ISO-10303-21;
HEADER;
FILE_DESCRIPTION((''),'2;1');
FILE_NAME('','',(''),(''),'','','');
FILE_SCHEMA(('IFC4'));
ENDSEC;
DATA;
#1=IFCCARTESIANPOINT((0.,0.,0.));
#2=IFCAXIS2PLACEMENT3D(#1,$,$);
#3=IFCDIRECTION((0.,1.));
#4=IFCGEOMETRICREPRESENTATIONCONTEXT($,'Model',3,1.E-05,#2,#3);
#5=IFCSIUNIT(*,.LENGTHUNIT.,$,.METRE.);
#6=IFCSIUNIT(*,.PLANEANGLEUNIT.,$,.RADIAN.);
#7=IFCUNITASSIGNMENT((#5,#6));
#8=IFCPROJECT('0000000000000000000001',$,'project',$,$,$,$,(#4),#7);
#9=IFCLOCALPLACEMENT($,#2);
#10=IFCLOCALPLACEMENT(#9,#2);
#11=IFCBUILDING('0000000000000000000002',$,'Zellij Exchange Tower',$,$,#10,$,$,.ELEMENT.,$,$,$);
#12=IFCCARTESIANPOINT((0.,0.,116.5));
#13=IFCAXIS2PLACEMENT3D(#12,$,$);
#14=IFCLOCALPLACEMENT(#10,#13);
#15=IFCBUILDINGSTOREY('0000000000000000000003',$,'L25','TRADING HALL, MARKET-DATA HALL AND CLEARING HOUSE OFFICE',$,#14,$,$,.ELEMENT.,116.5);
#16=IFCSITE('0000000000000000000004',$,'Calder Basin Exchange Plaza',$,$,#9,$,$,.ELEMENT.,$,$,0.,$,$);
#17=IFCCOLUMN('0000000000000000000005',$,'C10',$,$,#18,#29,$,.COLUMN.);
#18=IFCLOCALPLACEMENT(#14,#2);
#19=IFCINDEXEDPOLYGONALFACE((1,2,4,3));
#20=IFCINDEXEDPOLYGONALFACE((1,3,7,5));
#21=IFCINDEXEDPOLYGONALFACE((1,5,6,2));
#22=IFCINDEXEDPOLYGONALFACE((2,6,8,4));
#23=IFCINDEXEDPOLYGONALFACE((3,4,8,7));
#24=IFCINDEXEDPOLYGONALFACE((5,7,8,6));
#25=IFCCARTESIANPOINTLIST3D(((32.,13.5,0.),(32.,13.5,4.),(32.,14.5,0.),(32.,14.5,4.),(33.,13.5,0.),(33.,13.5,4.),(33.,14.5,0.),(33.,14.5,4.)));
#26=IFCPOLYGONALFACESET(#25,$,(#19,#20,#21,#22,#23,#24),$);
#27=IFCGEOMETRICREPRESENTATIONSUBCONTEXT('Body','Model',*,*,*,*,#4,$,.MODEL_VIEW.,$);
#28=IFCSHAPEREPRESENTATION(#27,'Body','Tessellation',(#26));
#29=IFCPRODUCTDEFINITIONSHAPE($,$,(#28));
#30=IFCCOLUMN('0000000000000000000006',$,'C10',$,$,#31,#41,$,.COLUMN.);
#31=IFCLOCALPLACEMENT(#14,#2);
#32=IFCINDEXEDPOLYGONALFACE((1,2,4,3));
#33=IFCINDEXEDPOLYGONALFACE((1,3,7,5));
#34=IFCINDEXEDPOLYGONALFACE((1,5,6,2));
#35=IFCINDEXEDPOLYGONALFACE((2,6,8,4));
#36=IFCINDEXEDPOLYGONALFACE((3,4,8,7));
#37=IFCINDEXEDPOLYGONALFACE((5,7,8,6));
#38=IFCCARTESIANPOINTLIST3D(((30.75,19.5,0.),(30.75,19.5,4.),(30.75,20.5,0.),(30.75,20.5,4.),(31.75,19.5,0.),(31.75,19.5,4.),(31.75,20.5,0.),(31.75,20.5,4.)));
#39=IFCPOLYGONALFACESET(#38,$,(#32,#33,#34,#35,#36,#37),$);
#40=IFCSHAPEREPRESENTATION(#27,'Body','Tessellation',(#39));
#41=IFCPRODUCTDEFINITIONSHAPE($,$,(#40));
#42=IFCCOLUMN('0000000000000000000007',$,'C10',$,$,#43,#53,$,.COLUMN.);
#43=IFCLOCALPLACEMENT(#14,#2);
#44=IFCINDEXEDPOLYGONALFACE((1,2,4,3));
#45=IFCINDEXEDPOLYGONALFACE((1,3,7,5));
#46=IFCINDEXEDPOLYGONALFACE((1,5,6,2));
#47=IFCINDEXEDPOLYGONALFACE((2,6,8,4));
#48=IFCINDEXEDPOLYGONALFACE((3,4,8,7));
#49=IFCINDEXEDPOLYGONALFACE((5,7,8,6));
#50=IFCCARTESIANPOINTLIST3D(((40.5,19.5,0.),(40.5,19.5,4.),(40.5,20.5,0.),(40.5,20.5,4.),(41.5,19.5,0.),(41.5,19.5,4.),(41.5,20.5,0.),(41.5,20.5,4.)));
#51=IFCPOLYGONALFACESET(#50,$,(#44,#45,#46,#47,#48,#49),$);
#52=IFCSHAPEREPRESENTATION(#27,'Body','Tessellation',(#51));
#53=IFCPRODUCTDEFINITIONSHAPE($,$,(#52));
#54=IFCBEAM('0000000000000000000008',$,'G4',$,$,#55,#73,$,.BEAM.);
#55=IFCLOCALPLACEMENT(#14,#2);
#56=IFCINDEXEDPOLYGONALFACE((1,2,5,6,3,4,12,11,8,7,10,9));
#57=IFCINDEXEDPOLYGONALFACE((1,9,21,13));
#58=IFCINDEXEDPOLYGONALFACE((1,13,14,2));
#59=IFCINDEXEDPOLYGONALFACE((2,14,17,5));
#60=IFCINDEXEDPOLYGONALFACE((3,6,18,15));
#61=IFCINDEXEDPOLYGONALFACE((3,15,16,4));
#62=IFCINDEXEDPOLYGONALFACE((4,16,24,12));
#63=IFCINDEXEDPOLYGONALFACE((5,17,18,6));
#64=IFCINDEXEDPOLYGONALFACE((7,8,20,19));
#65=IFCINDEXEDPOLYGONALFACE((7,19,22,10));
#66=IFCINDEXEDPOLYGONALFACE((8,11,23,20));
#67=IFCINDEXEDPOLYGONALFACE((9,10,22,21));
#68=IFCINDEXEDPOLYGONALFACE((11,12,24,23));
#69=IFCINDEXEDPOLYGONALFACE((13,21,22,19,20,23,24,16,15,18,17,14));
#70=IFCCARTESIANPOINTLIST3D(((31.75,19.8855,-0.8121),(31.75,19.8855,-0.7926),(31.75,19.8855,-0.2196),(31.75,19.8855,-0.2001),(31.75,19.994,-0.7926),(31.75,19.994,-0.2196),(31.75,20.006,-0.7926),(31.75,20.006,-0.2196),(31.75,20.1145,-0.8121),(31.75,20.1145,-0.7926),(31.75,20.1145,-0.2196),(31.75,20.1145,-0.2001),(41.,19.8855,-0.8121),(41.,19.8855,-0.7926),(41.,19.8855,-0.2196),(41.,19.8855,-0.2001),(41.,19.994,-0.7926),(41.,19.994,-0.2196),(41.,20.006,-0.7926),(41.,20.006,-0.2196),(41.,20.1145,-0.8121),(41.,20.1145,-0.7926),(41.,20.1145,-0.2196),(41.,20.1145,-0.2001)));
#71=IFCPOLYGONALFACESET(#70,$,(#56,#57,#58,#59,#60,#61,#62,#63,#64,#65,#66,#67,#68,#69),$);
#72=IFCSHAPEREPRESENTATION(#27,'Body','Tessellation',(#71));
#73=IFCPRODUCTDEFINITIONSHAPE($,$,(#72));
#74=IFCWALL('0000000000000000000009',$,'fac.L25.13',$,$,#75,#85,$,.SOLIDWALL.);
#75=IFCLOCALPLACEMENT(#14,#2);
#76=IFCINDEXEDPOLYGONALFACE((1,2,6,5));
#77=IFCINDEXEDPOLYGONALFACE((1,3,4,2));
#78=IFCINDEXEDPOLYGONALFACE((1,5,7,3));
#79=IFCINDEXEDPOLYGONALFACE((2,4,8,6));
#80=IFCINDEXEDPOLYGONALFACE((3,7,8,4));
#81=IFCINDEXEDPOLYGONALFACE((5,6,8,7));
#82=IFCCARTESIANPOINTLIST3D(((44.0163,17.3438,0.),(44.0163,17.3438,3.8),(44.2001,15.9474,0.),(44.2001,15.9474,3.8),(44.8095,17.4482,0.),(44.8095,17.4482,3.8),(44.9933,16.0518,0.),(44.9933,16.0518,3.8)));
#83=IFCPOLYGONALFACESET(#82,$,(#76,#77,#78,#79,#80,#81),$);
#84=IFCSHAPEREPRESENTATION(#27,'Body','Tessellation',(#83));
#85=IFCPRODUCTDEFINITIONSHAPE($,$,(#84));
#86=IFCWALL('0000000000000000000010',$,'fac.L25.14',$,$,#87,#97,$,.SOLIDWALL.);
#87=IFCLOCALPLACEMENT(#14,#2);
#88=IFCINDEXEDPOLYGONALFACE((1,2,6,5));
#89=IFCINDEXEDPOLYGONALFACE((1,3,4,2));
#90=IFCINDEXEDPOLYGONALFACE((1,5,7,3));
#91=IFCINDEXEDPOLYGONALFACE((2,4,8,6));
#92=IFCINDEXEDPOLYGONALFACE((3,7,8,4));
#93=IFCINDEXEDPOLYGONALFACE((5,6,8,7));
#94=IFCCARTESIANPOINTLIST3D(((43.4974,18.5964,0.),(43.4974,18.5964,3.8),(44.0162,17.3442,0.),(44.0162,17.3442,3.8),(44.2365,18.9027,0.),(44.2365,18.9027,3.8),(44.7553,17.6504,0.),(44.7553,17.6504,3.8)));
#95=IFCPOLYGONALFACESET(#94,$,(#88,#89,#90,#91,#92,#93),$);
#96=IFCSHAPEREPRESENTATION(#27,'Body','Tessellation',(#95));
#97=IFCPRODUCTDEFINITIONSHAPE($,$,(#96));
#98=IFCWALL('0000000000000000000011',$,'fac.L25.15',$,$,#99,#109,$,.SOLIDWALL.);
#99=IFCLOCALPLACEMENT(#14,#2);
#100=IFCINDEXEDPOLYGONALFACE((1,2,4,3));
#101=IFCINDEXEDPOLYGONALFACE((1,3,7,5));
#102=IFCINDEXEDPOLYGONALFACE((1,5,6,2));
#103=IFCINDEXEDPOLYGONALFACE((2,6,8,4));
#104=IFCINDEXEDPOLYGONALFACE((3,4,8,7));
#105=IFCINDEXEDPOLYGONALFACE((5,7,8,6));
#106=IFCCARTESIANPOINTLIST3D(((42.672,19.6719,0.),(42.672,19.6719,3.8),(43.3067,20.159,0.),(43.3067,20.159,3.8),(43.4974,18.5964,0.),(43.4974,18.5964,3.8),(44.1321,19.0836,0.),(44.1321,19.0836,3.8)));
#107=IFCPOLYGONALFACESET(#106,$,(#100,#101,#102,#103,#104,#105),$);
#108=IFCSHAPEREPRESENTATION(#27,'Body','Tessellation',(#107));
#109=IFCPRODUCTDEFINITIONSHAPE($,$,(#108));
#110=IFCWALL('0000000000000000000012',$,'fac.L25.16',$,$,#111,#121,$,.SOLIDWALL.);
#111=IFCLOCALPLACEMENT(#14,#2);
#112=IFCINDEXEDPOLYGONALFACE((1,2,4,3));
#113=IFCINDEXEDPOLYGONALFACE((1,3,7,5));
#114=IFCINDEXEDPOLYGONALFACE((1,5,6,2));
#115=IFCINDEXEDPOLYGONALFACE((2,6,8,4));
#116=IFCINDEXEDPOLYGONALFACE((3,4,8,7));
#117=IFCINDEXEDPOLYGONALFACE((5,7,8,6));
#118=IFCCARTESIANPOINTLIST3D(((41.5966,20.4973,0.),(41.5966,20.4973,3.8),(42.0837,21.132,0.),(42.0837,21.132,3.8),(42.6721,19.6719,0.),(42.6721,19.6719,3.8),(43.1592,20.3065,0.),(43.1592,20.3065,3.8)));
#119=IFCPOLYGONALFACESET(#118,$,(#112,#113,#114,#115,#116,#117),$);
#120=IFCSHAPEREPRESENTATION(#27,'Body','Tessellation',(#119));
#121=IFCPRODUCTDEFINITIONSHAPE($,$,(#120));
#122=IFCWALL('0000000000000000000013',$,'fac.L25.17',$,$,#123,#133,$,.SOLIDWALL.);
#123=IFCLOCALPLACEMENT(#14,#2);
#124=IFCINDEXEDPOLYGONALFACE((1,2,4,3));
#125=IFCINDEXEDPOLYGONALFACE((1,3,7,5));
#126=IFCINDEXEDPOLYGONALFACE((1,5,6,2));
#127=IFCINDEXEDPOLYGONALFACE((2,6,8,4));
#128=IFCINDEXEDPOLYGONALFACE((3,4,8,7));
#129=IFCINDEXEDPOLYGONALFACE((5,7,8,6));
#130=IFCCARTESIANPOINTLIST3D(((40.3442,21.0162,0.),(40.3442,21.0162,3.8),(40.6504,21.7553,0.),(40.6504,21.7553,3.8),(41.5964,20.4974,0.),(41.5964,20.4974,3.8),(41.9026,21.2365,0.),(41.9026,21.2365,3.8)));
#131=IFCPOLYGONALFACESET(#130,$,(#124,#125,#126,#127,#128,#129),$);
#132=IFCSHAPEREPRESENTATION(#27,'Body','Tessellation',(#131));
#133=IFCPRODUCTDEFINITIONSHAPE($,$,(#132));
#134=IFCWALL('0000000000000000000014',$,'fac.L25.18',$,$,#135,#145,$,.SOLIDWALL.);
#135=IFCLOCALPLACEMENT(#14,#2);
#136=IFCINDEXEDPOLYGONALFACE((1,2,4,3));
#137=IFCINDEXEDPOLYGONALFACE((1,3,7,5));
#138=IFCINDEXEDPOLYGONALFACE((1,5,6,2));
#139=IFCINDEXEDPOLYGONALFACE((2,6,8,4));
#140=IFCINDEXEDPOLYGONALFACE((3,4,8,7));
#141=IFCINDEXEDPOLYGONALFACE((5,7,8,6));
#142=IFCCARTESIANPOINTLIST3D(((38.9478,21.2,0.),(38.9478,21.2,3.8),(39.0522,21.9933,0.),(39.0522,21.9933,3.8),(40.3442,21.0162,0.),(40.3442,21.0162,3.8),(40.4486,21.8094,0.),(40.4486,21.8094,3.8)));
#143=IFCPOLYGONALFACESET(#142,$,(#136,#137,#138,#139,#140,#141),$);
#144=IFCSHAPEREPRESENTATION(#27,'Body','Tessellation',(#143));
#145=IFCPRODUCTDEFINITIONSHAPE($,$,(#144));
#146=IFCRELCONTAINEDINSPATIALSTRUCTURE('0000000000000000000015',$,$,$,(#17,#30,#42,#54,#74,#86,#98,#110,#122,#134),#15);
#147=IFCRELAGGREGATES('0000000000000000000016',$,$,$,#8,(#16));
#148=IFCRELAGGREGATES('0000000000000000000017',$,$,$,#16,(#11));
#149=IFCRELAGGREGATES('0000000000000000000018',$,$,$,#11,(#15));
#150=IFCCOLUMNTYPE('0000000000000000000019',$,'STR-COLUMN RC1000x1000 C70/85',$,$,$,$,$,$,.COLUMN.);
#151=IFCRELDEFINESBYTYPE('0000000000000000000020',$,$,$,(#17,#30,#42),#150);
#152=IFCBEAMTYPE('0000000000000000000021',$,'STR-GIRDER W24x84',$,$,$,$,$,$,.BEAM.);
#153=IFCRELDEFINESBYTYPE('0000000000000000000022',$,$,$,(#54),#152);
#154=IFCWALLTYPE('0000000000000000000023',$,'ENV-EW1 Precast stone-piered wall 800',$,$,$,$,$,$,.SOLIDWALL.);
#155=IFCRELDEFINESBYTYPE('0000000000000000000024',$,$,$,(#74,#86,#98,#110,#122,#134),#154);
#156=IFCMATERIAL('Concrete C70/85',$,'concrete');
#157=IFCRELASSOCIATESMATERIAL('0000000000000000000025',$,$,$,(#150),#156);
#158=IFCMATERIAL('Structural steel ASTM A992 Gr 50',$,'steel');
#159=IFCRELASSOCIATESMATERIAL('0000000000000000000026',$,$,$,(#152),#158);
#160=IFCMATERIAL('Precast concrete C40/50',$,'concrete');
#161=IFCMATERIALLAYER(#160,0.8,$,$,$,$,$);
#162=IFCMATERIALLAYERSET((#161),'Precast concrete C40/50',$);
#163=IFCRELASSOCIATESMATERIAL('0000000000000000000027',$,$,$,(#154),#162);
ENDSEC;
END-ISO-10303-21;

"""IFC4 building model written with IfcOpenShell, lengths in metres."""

from ifc_helpers import new_model, si_unit, direction, frame, frame_2d, origin, origin_2d, place, context, subcontext, project, spatial, rectangle, i_section, extrude, material, layer, layer_set, material_profile, profile_set, type_object, element, save


model = new_model("IFC4")

# Units and contexts
model_context = context("Model", 3, precision=1e-05, world=origin(), true_north=direction((0.0, 1.0)))
body_context = subcontext(model_context, "Body", "Model", "MODEL_VIEW")
ifc_project = project(units=[si_unit("LENGTHUNIT", "METRE"), si_unit("PLANEANGLEUNIT", "RADIAN")], contexts=[model_context])

# Site, building, storey
site_placement = place(None, origin())
site = spatial("IfcSite", under=ifc_project, at=site_placement, Name="Calder Basin Exchange Plaza", CompositionType="ELEMENT", RefElevation=0.0)
building_placement = place(site_placement, origin())
building = spatial("IfcBuilding", under=site, at=building_placement, Name="Zellij Exchange Tower", CompositionType="ELEMENT")
storey_placement = place(building_placement, frame((0.0, 0.0, 116.5)))
storey = spatial("IfcBuildingStorey", under=building, at=storey_placement, Name="L25", Description="TRADING HALL, MARKET-DATA HALL AND CLEARING HOUSE OFFICE", CompositionType="ELEMENT", Elevation=116.5)

# Columns
ifc_material_1 = material(Name="Concrete C70/85", Category="concrete")
ifc_material_profile_1 = material_profile(ifc_material_1, rectangle(XDim=1.0, YDim=1.0, at=origin_2d()), Name="STR-COLUMN RC1000x1000 C70/85")
ifc_profile_set_1 = profile_set([ifc_material_profile_1], Name="Concrete C70/85")
column_type = type_object("IfcColumnType", Name="STR-COLUMN RC1000x1000 C70/85", PredefinedType="COLUMN", material=ifc_profile_set_1)
for number, where, z_axis, x_axis, name in (
    (1, (32.5, 14.0, 0.0), (0.0, 0.0, 1.0), (1.0, 0.0, 0.0), "C10"),
    (2, (31.25, 20.0, 0.0), (0.0, 0.0, 1.0), (1.0, 0.0, 0.0), "C10"),
    (3, (41.0, 20.0, 0.0), (0.0, 0.0, 1.0), (1.0, 0.0, 0.0), "C10"),
):
    element("IfcColumn", number, at=place(storey_placement, frame(where, z_axis=z_axis, x_axis=x_axis)), inside=storey, type_object=column_type, Name=name, PredefinedType="COLUMN", context=body_context, shape_type="SweptSolid", body=[
        extrude(rectangle(XDim=1.0, YDim=1.0, at=origin_2d()), origin(), (0.0, 0.0, 1.0), 4.0),
    ])

# Beam
ifc_material_2 = material(Name="Structural steel ASTM A992 Gr 50", Category="steel")
ifc_material_profile_2 = material_profile(ifc_material_2, i_section(OverallWidth=0.229, OverallDepth=0.6121, WebThickness=0.012, FlangeThickness=0.0195, at=origin_2d()), Name="W24x84")
ifc_profile_set_2 = profile_set([ifc_material_profile_2], Name="Structural steel ASTM A992 Gr 50")
beam_type = type_object("IfcBeamType", Name="STR-GIRDER W24x84", PredefinedType="BEAM", material=ifc_profile_set_2)
beam_placement = place(storey_placement, frame((31.75, 20.0, -0.5061), z_axis=(1.0, 0.0, 0.0), x_axis=(0.0, 1.0, 0.0)))
element("IfcBeam", 4, at=beam_placement, inside=storey, type_object=beam_type, Name="G4", PredefinedType="BEAM", context=body_context, shape_type="SweptSolid", body=[
    extrude(i_section(OverallWidth=0.229, OverallDepth=0.6121, WebThickness=0.012, FlangeThickness=0.0195, at=origin_2d()), origin(), (0.0, 0.0, 1.0), 9.25),
])

# Walls
ifc_material_3 = material(Name="Precast concrete C40/50", Category="concrete")
ifc_layer = layer(ifc_material_3, 0.8)
ifc_layer_set = layer_set([ifc_layer], Name="Precast concrete C40/50")
wall_type = type_object("IfcWallType", Name="ENV-EW1 Precast stone-piered wall 800", PredefinedType="SOLIDWALL", material=ifc_layer_set)
wall_1_placement = place(storey_placement, frame((44.5967, 15.9998, 0.0), z_axis=(0.0, 0.0, 1.0), x_axis=(-0.130517, 0.991446, 0.0)))
element("IfcWall", 5, at=wall_1_placement, inside=storey, type_object=wall_type, Name="fac.L25.13", PredefinedType="SOLIDWALL", context=body_context, shape_type="SweptSolid", body=[
    extrude(rectangle(XDim=1.4084, YDim=0.8, at=frame_2d((0.7041, 0.0))), origin(), (0.0, 0.0, 1.0), 3.8),
])
wall_2_placement = place(storey_placement, frame((44.3857, 17.4973, 0.0), z_axis=(0.0, 0.0, 1.0), x_axis=(-0.38276, 0.923848, 0.0)))
element("IfcWall", 6, at=wall_2_placement, inside=storey, type_object=wall_type, Name="fac.L25.14", PredefinedType="SOLIDWALL", context=body_context, shape_type="SweptSolid", body=[
    extrude(rectangle(XDim=1.3555, YDim=0.8, at=frame_2d((0.6777, 0.0))), origin(), (0.0, 0.0, 1.0), 3.8),
])
for number, where, z_axis, x_axis, name in (
    (7, (43.8147, 18.8401, 0.0), (0.0, 0.0, 1.0), (-0.608866, 0.793273, 0.0), "fac.L25.15"),
    (8, (42.9155, 19.9893, 0.0), (0.0, 0.0, 1.0), (-0.793273, 0.608866, 0.0), "fac.L25.16"),
):
    element("IfcWall", number, at=place(storey_placement, frame(where, z_axis=z_axis, x_axis=x_axis)), inside=storey, type_object=wall_type, Name=name, PredefinedType="SOLIDWALL", context=body_context, shape_type="SweptSolid", body=[
        extrude(rectangle(XDim=1.3557, YDim=0.8, at=frame_2d((0.6777, 0.0))), origin(), (0.0, 0.0, 1.0), 3.8),
    ])
wall_3_placement = place(storey_placement, frame((41.7495, 20.8669, 0.0), z_axis=(0.0, 0.0, 1.0), x_axis=(-0.923848, 0.38276, 0.0)))
element("IfcWall", 9, at=wall_3_placement, inside=storey, type_object=wall_type, Name="fac.L25.17", PredefinedType="SOLIDWALL", context=body_context, shape_type="SweptSolid", body=[
    extrude(rectangle(XDim=1.3555, YDim=0.8, at=frame_2d((0.6777, 0.0))), origin(), (0.0, 0.0, 1.0), 3.8),
])
wall_4_placement = place(storey_placement, frame((40.3962, 21.4128, 0.0), z_axis=(0.0, 0.0, 1.0), x_axis=(-0.991446, 0.130517, 0.0)))
element("IfcWall", 10, at=wall_4_placement, inside=storey, type_object=wall_type, Name="fac.L25.18", PredefinedType="SOLIDWALL", context=body_context, shape_type="SweptSolid", body=[
    extrude(rectangle(XDim=1.4084, YDim=0.8, at=frame_2d((0.7041, 0.0))), origin(), (0.0, 0.0, 1.0), 3.8),
])

save(model, "model.ifc")
